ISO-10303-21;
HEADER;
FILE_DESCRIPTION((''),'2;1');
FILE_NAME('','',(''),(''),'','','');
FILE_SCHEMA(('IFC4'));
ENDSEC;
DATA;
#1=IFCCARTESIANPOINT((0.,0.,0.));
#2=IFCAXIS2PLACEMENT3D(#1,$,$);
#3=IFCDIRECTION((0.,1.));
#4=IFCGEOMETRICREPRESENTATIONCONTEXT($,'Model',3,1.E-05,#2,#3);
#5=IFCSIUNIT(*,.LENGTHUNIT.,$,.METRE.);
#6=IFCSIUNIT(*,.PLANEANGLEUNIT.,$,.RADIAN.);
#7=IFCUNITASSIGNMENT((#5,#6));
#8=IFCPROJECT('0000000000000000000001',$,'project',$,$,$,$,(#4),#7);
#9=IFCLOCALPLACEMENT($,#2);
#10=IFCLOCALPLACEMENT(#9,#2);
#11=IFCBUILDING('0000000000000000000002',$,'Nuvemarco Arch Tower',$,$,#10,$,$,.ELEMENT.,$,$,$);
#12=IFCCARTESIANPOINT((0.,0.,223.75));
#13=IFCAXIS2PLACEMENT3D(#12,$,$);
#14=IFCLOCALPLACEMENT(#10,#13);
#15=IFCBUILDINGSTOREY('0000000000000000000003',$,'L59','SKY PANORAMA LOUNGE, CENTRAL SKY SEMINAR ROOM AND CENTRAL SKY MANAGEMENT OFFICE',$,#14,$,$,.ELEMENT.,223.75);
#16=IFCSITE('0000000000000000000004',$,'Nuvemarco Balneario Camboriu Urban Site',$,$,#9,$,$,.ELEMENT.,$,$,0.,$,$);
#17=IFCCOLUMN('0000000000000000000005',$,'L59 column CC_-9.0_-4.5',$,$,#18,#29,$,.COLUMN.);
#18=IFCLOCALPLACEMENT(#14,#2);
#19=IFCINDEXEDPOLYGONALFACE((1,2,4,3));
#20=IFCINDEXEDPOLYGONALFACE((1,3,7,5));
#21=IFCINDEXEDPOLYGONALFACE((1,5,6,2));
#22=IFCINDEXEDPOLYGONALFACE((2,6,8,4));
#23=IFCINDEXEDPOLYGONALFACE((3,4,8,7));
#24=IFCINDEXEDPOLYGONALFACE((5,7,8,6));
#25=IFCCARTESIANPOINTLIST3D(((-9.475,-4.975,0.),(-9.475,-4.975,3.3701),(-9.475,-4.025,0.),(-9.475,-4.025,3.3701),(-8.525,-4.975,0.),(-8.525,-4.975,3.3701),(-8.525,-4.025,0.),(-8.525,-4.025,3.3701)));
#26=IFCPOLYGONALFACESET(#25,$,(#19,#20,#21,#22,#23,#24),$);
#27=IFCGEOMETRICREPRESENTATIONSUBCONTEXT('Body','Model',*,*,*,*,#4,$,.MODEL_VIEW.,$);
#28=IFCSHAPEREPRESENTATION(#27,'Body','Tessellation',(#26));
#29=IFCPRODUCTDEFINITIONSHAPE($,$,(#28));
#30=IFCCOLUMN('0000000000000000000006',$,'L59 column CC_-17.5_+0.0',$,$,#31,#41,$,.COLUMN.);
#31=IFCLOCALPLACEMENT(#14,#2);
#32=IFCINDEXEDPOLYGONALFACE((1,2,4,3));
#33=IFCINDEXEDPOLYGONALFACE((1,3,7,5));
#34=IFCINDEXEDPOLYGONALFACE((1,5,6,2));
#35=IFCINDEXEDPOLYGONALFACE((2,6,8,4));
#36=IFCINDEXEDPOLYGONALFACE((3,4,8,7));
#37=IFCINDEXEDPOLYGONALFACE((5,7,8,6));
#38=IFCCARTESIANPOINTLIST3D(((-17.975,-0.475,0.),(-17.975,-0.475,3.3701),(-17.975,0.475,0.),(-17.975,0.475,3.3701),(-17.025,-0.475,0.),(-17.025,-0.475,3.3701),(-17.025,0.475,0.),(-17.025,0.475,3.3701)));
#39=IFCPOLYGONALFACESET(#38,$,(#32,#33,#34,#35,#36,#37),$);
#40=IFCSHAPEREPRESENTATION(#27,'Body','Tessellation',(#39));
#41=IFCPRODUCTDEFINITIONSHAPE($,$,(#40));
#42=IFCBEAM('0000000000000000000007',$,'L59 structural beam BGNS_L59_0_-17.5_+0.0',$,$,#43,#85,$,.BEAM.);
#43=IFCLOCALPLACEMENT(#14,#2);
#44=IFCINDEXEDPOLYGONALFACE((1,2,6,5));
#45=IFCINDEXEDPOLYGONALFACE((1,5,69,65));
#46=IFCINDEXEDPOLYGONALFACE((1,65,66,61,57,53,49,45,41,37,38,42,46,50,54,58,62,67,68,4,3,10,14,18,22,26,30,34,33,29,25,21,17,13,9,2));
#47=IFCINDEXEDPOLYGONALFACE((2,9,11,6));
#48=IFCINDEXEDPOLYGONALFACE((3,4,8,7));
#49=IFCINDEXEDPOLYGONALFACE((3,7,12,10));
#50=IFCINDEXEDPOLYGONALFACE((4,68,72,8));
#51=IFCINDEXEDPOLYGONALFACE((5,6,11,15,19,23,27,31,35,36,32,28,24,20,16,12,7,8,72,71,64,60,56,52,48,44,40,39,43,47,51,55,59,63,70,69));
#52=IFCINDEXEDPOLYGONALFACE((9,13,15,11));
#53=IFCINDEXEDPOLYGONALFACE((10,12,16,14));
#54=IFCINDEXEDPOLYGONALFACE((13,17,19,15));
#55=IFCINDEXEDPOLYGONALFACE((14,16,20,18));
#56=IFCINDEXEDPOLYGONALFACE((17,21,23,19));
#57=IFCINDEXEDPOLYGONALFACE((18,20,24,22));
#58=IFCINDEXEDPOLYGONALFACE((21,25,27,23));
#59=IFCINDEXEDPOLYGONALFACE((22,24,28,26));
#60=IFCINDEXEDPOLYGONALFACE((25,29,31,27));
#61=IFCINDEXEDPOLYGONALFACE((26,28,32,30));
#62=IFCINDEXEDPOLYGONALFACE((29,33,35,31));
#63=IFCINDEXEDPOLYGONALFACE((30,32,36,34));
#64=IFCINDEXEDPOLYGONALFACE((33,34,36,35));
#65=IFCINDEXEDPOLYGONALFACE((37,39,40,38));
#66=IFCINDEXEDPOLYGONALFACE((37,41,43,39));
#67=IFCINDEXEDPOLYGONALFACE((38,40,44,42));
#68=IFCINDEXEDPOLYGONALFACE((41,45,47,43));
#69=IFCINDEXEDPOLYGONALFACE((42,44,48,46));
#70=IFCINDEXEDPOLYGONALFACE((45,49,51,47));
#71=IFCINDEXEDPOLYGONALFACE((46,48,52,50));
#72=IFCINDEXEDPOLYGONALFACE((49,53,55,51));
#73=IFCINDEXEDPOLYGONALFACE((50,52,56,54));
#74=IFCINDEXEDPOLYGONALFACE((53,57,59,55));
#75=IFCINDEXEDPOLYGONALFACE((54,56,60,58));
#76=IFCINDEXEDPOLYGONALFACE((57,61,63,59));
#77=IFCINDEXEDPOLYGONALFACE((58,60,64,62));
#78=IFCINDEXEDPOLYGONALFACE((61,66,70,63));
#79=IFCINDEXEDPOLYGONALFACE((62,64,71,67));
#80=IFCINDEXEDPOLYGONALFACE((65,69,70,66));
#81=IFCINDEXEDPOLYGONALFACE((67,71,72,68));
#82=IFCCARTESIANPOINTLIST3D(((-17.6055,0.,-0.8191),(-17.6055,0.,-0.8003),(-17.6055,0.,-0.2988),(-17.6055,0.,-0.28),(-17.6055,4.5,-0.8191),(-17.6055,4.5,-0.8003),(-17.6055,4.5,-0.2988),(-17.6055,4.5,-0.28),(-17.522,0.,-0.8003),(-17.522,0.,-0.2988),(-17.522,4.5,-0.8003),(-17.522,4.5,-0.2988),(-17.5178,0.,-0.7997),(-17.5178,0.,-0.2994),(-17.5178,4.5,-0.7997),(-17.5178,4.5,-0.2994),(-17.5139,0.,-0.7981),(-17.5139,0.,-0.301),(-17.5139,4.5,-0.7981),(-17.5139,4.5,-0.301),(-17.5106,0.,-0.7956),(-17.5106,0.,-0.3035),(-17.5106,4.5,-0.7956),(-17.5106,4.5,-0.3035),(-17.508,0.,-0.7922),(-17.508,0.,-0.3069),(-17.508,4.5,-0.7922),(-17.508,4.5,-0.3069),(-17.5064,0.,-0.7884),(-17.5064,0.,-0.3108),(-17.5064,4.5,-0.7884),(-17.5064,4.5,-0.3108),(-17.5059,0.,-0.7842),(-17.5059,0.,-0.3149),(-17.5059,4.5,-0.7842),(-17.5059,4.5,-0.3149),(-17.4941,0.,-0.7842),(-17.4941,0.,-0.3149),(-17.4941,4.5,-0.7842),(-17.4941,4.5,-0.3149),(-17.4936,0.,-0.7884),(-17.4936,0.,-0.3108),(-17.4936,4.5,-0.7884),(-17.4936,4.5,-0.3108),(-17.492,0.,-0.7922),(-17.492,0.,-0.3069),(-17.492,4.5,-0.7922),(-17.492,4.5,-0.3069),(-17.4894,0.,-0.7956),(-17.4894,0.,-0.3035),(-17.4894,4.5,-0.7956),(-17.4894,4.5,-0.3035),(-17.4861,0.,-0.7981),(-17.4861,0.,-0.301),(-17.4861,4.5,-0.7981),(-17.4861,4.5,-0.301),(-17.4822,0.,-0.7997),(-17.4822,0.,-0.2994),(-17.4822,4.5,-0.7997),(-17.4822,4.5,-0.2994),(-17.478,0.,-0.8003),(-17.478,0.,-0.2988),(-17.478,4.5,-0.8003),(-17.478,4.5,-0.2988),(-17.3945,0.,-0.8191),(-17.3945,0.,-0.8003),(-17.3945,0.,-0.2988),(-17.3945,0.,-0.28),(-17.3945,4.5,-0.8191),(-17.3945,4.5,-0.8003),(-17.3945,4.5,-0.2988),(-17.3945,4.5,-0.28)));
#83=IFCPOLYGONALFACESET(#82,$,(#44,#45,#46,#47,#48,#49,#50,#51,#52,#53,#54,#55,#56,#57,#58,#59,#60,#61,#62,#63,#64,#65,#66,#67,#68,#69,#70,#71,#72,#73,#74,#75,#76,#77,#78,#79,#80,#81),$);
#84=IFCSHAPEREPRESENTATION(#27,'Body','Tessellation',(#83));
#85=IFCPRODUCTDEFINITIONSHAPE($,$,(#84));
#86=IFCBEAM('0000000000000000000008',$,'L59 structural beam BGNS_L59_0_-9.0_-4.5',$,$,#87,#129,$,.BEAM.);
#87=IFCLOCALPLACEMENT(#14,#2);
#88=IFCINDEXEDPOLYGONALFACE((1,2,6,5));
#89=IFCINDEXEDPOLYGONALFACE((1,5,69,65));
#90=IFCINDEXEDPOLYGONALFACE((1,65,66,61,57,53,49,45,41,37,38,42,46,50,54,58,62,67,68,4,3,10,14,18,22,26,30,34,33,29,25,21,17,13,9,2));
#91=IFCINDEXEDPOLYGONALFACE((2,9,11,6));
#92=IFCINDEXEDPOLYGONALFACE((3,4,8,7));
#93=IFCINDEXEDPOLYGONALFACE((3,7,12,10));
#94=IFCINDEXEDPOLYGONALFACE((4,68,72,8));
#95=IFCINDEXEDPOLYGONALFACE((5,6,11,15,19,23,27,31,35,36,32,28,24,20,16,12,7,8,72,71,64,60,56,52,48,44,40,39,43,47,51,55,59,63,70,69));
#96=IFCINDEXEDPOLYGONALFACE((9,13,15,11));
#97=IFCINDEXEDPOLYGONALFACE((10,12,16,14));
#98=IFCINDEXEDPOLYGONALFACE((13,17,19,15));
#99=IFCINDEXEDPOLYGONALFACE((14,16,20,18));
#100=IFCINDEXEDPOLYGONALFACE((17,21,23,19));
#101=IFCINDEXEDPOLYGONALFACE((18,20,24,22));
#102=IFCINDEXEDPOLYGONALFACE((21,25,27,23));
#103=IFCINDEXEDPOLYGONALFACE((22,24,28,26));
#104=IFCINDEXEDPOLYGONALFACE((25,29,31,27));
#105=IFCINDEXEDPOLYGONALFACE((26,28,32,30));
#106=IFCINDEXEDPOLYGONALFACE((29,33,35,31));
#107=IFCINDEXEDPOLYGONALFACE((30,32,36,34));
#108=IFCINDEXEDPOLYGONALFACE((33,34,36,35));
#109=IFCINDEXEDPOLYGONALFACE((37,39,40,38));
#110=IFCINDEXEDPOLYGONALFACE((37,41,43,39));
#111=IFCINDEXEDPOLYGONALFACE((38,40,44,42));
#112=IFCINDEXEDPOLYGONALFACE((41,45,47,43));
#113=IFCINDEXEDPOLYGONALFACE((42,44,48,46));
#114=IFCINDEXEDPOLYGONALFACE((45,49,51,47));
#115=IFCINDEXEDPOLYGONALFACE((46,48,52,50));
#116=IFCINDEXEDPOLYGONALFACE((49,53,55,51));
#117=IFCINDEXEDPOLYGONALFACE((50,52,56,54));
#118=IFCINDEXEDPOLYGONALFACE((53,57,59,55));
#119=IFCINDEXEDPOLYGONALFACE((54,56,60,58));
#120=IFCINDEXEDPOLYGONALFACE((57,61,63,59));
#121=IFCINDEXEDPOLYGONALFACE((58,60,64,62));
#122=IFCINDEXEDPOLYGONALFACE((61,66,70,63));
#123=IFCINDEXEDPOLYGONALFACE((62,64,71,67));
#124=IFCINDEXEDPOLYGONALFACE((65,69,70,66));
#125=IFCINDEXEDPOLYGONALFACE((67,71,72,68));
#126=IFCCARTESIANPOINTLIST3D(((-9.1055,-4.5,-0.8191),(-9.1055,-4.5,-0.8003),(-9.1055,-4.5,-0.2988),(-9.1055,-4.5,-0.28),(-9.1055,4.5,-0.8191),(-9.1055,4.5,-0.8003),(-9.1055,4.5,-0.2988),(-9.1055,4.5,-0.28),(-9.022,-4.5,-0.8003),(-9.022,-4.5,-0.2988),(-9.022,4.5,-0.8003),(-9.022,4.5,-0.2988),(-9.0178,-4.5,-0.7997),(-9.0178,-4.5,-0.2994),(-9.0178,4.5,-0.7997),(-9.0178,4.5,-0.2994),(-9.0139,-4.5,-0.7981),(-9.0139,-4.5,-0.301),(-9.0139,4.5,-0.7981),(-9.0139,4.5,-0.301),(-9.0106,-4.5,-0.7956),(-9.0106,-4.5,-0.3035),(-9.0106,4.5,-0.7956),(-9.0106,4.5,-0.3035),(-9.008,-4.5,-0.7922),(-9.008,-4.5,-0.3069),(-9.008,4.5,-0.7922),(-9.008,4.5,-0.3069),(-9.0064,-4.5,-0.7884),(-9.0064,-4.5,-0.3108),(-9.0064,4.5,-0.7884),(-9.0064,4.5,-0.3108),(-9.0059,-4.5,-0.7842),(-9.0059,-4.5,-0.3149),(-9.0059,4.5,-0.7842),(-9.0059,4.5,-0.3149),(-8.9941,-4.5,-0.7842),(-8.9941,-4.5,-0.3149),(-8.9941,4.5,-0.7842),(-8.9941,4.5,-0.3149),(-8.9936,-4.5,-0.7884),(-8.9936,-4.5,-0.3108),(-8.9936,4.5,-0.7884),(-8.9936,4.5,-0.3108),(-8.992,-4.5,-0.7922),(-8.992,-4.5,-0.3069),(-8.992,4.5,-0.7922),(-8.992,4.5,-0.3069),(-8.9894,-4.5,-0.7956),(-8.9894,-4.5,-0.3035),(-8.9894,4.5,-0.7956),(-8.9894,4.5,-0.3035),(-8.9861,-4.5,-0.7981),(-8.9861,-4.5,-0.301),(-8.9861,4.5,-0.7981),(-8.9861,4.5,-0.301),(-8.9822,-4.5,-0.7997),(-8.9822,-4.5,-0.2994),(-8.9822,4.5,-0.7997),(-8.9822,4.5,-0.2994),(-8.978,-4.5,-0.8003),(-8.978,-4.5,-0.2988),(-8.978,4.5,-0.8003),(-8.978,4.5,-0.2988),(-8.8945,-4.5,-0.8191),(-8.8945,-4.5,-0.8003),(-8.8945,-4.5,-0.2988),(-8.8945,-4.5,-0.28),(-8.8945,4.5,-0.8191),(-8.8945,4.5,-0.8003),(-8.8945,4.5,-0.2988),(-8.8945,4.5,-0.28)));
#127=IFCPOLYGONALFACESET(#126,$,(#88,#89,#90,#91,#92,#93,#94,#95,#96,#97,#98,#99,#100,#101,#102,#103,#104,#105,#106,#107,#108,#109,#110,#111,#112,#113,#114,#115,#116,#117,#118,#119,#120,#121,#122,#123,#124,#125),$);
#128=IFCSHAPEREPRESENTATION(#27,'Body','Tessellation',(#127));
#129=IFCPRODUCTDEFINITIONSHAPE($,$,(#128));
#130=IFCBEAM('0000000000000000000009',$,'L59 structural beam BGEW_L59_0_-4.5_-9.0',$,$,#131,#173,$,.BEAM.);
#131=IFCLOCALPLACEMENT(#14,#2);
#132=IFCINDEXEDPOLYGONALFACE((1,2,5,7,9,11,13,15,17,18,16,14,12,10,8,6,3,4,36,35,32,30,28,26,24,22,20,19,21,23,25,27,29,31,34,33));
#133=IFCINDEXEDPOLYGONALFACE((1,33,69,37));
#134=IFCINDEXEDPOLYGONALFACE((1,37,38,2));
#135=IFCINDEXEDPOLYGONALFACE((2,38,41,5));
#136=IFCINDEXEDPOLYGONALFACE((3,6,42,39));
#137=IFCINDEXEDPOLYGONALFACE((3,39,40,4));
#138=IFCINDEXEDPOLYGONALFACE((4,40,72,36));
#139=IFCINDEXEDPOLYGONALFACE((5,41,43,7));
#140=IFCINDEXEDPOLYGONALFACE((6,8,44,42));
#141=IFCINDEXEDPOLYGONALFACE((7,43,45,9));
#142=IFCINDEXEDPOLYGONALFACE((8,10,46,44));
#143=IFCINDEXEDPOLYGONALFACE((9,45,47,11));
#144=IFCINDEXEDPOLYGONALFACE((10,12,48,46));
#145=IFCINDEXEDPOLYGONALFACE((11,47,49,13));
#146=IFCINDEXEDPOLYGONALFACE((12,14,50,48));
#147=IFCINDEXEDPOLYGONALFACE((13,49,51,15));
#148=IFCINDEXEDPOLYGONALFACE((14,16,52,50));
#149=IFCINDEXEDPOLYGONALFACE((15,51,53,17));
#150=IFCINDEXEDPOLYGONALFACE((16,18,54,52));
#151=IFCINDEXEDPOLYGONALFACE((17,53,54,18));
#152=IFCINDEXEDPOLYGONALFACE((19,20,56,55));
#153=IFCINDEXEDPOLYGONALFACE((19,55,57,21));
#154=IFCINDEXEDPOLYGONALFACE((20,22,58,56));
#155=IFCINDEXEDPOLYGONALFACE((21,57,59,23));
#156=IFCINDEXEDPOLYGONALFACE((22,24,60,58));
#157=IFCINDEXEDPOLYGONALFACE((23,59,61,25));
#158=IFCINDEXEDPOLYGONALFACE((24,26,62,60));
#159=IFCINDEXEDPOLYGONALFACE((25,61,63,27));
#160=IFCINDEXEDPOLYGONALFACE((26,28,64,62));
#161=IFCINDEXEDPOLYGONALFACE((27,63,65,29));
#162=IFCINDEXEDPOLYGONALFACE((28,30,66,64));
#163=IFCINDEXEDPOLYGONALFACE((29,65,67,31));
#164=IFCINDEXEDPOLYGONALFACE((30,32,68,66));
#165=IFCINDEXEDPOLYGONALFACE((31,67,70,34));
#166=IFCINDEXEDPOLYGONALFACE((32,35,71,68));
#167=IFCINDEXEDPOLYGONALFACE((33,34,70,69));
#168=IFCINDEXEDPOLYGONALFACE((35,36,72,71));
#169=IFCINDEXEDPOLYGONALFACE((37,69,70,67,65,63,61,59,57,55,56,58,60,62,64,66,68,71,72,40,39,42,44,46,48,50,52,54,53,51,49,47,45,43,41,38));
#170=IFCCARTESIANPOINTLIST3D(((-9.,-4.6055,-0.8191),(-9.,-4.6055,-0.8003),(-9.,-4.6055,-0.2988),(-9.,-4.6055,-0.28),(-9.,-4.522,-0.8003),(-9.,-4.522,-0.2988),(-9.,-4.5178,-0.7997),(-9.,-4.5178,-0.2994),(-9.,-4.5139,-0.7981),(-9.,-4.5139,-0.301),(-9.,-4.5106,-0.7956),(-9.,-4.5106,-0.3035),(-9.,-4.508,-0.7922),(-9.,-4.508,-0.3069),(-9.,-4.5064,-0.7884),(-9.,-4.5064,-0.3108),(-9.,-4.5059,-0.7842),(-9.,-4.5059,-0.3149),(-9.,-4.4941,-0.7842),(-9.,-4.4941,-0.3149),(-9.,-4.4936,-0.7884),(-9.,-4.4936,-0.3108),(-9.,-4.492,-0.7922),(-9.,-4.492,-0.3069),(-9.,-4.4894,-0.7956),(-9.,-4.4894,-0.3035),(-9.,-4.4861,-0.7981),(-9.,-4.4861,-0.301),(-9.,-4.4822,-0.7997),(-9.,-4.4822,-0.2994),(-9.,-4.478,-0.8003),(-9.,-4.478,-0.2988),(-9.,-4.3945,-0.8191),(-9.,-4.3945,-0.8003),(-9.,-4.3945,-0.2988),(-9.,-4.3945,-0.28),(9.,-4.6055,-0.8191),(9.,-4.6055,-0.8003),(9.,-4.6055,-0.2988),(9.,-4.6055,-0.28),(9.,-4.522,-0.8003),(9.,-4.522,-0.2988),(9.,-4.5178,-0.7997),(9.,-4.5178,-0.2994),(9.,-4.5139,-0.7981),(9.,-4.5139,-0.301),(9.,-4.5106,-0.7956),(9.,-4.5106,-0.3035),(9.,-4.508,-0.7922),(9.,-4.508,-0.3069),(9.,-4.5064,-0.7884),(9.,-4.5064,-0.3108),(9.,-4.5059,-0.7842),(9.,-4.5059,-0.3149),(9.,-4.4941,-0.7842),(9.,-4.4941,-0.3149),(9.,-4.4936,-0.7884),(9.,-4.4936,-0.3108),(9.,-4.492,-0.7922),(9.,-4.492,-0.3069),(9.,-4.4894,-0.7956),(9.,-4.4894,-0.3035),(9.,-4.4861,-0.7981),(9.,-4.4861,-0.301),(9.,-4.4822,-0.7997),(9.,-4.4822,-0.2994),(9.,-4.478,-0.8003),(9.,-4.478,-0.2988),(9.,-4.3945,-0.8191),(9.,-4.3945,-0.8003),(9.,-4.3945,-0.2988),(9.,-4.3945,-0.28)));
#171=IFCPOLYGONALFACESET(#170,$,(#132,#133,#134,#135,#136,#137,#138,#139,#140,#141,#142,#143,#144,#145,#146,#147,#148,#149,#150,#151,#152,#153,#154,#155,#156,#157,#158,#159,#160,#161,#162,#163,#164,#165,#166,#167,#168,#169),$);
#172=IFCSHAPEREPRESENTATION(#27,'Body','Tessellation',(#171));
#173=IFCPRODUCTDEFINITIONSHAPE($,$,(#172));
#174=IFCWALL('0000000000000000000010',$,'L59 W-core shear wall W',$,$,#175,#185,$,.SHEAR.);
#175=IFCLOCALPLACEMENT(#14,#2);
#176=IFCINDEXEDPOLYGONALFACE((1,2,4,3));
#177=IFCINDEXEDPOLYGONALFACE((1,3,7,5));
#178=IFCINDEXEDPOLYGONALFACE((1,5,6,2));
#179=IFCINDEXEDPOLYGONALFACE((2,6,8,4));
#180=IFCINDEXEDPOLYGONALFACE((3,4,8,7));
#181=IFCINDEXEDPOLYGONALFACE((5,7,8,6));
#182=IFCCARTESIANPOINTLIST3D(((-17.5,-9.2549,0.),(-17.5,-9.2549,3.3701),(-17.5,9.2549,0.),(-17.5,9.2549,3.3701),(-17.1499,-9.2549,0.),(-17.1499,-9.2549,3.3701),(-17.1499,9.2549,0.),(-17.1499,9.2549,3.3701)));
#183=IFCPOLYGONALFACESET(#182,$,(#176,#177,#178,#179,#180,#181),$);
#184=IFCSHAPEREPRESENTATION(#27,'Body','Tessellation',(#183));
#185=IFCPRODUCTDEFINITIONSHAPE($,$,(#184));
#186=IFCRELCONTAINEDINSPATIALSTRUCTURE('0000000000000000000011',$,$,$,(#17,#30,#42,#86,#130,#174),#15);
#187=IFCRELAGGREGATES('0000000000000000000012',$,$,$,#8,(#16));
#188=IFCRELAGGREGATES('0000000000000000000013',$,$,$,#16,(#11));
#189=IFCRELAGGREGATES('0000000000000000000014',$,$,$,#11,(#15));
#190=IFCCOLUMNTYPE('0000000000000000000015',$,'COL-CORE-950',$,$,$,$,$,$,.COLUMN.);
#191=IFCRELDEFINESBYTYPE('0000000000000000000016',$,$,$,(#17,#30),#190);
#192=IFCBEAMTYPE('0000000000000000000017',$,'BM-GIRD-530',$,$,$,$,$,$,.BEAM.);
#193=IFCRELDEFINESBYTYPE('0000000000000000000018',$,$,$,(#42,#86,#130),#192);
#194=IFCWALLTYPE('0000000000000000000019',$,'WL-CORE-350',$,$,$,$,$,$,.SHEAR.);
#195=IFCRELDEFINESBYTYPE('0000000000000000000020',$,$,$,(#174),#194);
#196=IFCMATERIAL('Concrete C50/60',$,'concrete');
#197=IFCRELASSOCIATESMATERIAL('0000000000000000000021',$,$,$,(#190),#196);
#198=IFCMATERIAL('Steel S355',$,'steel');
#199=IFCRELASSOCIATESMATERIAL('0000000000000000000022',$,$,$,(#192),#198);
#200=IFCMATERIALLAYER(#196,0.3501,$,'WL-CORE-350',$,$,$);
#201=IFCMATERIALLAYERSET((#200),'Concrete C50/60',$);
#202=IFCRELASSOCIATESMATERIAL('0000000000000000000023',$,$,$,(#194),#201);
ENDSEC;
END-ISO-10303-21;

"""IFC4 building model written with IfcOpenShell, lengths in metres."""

from ifc_helpers import new_model, si_unit, direction, frame, frame_2d, origin, origin_2d, place, context, subcontext, project, spatial, rectangle, i_section, extrude, material, layer, layer_set, material_profile, profile_set, type_object, element, save


model = new_model("IFC4")

# Units and contexts
model_context = context("Model", 3, precision=1e-05, world=origin(), true_north=direction((0.0, 1.0)))
body_context = subcontext(model_context, "Body", "Model", "MODEL_VIEW")
ifc_project = project(units=[si_unit("LENGTHUNIT", "METRE"), si_unit("PLANEANGLEUNIT", "RADIAN")], contexts=[model_context])

# Site, building, storey
site_placement = place(None, origin())
site = spatial("IfcSite", under=ifc_project, at=site_placement, Name="Nuvemarco Balneario Camboriu Urban Site", CompositionType="ELEMENT", RefElevation=0.0)
building_placement = place(site_placement, origin())
building = spatial("IfcBuilding", under=site, at=building_placement, Name="Nuvemarco Arch Tower", CompositionType="ELEMENT")
storey_placement = place(building_placement, frame((0.0, 0.0, 223.75)))
storey = spatial("IfcBuildingStorey", under=building, at=storey_placement, Name="L59", Description="SKY PANORAMA LOUNGE, CENTRAL SKY SEMINAR ROOM AND CENTRAL SKY MANAGEMENT OFFICE", CompositionType="ELEMENT", Elevation=223.75)

# Columns
ifc_material_1 = material(Name="Concrete C50/60", Category="concrete")
ifc_material_profile_1 = material_profile(ifc_material_1, rectangle(XDim=0.95, YDim=0.95, at=origin_2d()), Name="RC-COL-950x950")
ifc_profile_set_1 = profile_set([ifc_material_profile_1], Name="Concrete C50/60")
column_type = type_object("IfcColumnType", Name="COL-CORE-950", PredefinedType="COLUMN", material=ifc_profile_set_1)
for number, where, z_axis, x_axis, name in (
    (1, (-9.0, -4.5, 0.0), (0.0, 0.0, 1.0), (1.0, 0.0, 0.0), "L59 column CC_-9.0_-4.5"),
    (2, (-17.5, 0.0, 0.0), (0.0, 0.0, 1.0), (1.0, 0.0, 0.0), "L59 column CC_-17.5_+0.0"),
):
    element("IfcColumn", number, at=place(storey_placement, frame(where, z_axis=z_axis, x_axis=x_axis)), inside=storey, type_object=column_type, Name=name, PredefinedType="COLUMN", context=body_context, shape_type="SweptSolid", body=[
        extrude(rectangle(XDim=0.95, YDim=0.95, at=origin_2d()), origin(), (0.0, 0.0, 1.0), 3.3701),
    ])

# Beams
ifc_material_2 = material(Name="Steel S355", Category="steel")
ifc_material_profile_2 = material_profile(ifc_material_2, i_section(OverallWidth=0.2109, OverallDepth=0.5391, WebThickness=0.0117, FlangeThickness=0.0188, FilletRadius=0.0161, at=origin_2d()), Name="W530x109")
ifc_profile_set_2 = profile_set([ifc_material_profile_2], Name="Steel S355")
beam_type = type_object("IfcBeamType", Name="BM-GIRD-530", PredefinedType="BEAM", material=ifc_profile_set_2)
beam_1_placement = place(storey_placement, frame((-17.5, 0.0, -0.5496), z_axis=(0.0, 1.0, 0.0), x_axis=(-1.0, 0.0, 0.0)))
element("IfcBeam", 3, at=beam_1_placement, inside=storey, type_object=beam_type, Name="L59 structural beam BGNS_L59_0_-17.5_+0.0", PredefinedType="BEAM", context=body_context, shape_type="SweptSolid", body=[
    extrude(i_section(OverallWidth=0.2109, OverallDepth=0.5391, WebThickness=0.0117, FlangeThickness=0.0188, FilletRadius=0.0161, at=origin_2d()), origin(), (0.0, 0.0, 1.0), 4.5),
])
beam_2_placement = place(storey_placement, frame((-9.0, -4.5, -0.5496), z_axis=(0.0, 1.0, 0.0), x_axis=(-1.0, 0.0, 0.0)))
element("IfcBeam", 4, at=beam_2_placement, inside=storey, type_object=beam_type, Name="L59 structural beam BGNS_L59_0_-9.0_-4.5", PredefinedType="BEAM", context=body_context, shape_type="SweptSolid", body=[
    extrude(i_section(OverallWidth=0.2109, OverallDepth=0.5391, WebThickness=0.0117, FlangeThickness=0.0188, FilletRadius=0.0161, at=origin_2d()), origin(), (0.0, 0.0, 1.0), 9.0),
])
beam_3_placement = place(storey_placement, frame((-9.0, -4.5, -0.5496), z_axis=(1.0, 0.0, 0.0), x_axis=(0.0, 1.0, 0.0)))
element("IfcBeam", 5, at=beam_3_placement, inside=storey, type_object=beam_type, Name="L59 structural beam BGEW_L59_0_-4.5_-9.0", PredefinedType="BEAM", context=body_context, shape_type="SweptSolid", body=[
    extrude(i_section(OverallWidth=0.2109, OverallDepth=0.5391, WebThickness=0.0117, FlangeThickness=0.0188, FilletRadius=0.0161, at=origin_2d()), origin(), (0.0, 0.0, 1.0), 18.0),
])

# Wall
ifc_layer_1 = layer(ifc_material_1, 0.3501, Name="WL-CORE-350")
ifc_layer_set_1 = layer_set([ifc_layer_1], Name="Concrete C50/60")
wall_type_1 = type_object("IfcWallType", Name="WL-CORE-350", PredefinedType="SHEAR", material=ifc_layer_set_1)
wall_1_placement = place(storey_placement, frame((-17.325, -9.2549, 0.0), z_axis=(0.0, 0.0, 1.0), x_axis=(0.0, 1.0, 0.0)))
element("IfcWall", 6, at=wall_1_placement, inside=storey, type_object=wall_type_1, Name="L59 W-core shear wall W", PredefinedType="SHEAR", context=body_context, shape_type="SweptSolid", body=[
    extrude(rectangle(XDim=18.5098, YDim=0.3501, at=frame_2d((9.2549, 0.0))), origin(), (0.0, 0.0, 1.0), 3.3701),
])

save(model, "model.ifc")
